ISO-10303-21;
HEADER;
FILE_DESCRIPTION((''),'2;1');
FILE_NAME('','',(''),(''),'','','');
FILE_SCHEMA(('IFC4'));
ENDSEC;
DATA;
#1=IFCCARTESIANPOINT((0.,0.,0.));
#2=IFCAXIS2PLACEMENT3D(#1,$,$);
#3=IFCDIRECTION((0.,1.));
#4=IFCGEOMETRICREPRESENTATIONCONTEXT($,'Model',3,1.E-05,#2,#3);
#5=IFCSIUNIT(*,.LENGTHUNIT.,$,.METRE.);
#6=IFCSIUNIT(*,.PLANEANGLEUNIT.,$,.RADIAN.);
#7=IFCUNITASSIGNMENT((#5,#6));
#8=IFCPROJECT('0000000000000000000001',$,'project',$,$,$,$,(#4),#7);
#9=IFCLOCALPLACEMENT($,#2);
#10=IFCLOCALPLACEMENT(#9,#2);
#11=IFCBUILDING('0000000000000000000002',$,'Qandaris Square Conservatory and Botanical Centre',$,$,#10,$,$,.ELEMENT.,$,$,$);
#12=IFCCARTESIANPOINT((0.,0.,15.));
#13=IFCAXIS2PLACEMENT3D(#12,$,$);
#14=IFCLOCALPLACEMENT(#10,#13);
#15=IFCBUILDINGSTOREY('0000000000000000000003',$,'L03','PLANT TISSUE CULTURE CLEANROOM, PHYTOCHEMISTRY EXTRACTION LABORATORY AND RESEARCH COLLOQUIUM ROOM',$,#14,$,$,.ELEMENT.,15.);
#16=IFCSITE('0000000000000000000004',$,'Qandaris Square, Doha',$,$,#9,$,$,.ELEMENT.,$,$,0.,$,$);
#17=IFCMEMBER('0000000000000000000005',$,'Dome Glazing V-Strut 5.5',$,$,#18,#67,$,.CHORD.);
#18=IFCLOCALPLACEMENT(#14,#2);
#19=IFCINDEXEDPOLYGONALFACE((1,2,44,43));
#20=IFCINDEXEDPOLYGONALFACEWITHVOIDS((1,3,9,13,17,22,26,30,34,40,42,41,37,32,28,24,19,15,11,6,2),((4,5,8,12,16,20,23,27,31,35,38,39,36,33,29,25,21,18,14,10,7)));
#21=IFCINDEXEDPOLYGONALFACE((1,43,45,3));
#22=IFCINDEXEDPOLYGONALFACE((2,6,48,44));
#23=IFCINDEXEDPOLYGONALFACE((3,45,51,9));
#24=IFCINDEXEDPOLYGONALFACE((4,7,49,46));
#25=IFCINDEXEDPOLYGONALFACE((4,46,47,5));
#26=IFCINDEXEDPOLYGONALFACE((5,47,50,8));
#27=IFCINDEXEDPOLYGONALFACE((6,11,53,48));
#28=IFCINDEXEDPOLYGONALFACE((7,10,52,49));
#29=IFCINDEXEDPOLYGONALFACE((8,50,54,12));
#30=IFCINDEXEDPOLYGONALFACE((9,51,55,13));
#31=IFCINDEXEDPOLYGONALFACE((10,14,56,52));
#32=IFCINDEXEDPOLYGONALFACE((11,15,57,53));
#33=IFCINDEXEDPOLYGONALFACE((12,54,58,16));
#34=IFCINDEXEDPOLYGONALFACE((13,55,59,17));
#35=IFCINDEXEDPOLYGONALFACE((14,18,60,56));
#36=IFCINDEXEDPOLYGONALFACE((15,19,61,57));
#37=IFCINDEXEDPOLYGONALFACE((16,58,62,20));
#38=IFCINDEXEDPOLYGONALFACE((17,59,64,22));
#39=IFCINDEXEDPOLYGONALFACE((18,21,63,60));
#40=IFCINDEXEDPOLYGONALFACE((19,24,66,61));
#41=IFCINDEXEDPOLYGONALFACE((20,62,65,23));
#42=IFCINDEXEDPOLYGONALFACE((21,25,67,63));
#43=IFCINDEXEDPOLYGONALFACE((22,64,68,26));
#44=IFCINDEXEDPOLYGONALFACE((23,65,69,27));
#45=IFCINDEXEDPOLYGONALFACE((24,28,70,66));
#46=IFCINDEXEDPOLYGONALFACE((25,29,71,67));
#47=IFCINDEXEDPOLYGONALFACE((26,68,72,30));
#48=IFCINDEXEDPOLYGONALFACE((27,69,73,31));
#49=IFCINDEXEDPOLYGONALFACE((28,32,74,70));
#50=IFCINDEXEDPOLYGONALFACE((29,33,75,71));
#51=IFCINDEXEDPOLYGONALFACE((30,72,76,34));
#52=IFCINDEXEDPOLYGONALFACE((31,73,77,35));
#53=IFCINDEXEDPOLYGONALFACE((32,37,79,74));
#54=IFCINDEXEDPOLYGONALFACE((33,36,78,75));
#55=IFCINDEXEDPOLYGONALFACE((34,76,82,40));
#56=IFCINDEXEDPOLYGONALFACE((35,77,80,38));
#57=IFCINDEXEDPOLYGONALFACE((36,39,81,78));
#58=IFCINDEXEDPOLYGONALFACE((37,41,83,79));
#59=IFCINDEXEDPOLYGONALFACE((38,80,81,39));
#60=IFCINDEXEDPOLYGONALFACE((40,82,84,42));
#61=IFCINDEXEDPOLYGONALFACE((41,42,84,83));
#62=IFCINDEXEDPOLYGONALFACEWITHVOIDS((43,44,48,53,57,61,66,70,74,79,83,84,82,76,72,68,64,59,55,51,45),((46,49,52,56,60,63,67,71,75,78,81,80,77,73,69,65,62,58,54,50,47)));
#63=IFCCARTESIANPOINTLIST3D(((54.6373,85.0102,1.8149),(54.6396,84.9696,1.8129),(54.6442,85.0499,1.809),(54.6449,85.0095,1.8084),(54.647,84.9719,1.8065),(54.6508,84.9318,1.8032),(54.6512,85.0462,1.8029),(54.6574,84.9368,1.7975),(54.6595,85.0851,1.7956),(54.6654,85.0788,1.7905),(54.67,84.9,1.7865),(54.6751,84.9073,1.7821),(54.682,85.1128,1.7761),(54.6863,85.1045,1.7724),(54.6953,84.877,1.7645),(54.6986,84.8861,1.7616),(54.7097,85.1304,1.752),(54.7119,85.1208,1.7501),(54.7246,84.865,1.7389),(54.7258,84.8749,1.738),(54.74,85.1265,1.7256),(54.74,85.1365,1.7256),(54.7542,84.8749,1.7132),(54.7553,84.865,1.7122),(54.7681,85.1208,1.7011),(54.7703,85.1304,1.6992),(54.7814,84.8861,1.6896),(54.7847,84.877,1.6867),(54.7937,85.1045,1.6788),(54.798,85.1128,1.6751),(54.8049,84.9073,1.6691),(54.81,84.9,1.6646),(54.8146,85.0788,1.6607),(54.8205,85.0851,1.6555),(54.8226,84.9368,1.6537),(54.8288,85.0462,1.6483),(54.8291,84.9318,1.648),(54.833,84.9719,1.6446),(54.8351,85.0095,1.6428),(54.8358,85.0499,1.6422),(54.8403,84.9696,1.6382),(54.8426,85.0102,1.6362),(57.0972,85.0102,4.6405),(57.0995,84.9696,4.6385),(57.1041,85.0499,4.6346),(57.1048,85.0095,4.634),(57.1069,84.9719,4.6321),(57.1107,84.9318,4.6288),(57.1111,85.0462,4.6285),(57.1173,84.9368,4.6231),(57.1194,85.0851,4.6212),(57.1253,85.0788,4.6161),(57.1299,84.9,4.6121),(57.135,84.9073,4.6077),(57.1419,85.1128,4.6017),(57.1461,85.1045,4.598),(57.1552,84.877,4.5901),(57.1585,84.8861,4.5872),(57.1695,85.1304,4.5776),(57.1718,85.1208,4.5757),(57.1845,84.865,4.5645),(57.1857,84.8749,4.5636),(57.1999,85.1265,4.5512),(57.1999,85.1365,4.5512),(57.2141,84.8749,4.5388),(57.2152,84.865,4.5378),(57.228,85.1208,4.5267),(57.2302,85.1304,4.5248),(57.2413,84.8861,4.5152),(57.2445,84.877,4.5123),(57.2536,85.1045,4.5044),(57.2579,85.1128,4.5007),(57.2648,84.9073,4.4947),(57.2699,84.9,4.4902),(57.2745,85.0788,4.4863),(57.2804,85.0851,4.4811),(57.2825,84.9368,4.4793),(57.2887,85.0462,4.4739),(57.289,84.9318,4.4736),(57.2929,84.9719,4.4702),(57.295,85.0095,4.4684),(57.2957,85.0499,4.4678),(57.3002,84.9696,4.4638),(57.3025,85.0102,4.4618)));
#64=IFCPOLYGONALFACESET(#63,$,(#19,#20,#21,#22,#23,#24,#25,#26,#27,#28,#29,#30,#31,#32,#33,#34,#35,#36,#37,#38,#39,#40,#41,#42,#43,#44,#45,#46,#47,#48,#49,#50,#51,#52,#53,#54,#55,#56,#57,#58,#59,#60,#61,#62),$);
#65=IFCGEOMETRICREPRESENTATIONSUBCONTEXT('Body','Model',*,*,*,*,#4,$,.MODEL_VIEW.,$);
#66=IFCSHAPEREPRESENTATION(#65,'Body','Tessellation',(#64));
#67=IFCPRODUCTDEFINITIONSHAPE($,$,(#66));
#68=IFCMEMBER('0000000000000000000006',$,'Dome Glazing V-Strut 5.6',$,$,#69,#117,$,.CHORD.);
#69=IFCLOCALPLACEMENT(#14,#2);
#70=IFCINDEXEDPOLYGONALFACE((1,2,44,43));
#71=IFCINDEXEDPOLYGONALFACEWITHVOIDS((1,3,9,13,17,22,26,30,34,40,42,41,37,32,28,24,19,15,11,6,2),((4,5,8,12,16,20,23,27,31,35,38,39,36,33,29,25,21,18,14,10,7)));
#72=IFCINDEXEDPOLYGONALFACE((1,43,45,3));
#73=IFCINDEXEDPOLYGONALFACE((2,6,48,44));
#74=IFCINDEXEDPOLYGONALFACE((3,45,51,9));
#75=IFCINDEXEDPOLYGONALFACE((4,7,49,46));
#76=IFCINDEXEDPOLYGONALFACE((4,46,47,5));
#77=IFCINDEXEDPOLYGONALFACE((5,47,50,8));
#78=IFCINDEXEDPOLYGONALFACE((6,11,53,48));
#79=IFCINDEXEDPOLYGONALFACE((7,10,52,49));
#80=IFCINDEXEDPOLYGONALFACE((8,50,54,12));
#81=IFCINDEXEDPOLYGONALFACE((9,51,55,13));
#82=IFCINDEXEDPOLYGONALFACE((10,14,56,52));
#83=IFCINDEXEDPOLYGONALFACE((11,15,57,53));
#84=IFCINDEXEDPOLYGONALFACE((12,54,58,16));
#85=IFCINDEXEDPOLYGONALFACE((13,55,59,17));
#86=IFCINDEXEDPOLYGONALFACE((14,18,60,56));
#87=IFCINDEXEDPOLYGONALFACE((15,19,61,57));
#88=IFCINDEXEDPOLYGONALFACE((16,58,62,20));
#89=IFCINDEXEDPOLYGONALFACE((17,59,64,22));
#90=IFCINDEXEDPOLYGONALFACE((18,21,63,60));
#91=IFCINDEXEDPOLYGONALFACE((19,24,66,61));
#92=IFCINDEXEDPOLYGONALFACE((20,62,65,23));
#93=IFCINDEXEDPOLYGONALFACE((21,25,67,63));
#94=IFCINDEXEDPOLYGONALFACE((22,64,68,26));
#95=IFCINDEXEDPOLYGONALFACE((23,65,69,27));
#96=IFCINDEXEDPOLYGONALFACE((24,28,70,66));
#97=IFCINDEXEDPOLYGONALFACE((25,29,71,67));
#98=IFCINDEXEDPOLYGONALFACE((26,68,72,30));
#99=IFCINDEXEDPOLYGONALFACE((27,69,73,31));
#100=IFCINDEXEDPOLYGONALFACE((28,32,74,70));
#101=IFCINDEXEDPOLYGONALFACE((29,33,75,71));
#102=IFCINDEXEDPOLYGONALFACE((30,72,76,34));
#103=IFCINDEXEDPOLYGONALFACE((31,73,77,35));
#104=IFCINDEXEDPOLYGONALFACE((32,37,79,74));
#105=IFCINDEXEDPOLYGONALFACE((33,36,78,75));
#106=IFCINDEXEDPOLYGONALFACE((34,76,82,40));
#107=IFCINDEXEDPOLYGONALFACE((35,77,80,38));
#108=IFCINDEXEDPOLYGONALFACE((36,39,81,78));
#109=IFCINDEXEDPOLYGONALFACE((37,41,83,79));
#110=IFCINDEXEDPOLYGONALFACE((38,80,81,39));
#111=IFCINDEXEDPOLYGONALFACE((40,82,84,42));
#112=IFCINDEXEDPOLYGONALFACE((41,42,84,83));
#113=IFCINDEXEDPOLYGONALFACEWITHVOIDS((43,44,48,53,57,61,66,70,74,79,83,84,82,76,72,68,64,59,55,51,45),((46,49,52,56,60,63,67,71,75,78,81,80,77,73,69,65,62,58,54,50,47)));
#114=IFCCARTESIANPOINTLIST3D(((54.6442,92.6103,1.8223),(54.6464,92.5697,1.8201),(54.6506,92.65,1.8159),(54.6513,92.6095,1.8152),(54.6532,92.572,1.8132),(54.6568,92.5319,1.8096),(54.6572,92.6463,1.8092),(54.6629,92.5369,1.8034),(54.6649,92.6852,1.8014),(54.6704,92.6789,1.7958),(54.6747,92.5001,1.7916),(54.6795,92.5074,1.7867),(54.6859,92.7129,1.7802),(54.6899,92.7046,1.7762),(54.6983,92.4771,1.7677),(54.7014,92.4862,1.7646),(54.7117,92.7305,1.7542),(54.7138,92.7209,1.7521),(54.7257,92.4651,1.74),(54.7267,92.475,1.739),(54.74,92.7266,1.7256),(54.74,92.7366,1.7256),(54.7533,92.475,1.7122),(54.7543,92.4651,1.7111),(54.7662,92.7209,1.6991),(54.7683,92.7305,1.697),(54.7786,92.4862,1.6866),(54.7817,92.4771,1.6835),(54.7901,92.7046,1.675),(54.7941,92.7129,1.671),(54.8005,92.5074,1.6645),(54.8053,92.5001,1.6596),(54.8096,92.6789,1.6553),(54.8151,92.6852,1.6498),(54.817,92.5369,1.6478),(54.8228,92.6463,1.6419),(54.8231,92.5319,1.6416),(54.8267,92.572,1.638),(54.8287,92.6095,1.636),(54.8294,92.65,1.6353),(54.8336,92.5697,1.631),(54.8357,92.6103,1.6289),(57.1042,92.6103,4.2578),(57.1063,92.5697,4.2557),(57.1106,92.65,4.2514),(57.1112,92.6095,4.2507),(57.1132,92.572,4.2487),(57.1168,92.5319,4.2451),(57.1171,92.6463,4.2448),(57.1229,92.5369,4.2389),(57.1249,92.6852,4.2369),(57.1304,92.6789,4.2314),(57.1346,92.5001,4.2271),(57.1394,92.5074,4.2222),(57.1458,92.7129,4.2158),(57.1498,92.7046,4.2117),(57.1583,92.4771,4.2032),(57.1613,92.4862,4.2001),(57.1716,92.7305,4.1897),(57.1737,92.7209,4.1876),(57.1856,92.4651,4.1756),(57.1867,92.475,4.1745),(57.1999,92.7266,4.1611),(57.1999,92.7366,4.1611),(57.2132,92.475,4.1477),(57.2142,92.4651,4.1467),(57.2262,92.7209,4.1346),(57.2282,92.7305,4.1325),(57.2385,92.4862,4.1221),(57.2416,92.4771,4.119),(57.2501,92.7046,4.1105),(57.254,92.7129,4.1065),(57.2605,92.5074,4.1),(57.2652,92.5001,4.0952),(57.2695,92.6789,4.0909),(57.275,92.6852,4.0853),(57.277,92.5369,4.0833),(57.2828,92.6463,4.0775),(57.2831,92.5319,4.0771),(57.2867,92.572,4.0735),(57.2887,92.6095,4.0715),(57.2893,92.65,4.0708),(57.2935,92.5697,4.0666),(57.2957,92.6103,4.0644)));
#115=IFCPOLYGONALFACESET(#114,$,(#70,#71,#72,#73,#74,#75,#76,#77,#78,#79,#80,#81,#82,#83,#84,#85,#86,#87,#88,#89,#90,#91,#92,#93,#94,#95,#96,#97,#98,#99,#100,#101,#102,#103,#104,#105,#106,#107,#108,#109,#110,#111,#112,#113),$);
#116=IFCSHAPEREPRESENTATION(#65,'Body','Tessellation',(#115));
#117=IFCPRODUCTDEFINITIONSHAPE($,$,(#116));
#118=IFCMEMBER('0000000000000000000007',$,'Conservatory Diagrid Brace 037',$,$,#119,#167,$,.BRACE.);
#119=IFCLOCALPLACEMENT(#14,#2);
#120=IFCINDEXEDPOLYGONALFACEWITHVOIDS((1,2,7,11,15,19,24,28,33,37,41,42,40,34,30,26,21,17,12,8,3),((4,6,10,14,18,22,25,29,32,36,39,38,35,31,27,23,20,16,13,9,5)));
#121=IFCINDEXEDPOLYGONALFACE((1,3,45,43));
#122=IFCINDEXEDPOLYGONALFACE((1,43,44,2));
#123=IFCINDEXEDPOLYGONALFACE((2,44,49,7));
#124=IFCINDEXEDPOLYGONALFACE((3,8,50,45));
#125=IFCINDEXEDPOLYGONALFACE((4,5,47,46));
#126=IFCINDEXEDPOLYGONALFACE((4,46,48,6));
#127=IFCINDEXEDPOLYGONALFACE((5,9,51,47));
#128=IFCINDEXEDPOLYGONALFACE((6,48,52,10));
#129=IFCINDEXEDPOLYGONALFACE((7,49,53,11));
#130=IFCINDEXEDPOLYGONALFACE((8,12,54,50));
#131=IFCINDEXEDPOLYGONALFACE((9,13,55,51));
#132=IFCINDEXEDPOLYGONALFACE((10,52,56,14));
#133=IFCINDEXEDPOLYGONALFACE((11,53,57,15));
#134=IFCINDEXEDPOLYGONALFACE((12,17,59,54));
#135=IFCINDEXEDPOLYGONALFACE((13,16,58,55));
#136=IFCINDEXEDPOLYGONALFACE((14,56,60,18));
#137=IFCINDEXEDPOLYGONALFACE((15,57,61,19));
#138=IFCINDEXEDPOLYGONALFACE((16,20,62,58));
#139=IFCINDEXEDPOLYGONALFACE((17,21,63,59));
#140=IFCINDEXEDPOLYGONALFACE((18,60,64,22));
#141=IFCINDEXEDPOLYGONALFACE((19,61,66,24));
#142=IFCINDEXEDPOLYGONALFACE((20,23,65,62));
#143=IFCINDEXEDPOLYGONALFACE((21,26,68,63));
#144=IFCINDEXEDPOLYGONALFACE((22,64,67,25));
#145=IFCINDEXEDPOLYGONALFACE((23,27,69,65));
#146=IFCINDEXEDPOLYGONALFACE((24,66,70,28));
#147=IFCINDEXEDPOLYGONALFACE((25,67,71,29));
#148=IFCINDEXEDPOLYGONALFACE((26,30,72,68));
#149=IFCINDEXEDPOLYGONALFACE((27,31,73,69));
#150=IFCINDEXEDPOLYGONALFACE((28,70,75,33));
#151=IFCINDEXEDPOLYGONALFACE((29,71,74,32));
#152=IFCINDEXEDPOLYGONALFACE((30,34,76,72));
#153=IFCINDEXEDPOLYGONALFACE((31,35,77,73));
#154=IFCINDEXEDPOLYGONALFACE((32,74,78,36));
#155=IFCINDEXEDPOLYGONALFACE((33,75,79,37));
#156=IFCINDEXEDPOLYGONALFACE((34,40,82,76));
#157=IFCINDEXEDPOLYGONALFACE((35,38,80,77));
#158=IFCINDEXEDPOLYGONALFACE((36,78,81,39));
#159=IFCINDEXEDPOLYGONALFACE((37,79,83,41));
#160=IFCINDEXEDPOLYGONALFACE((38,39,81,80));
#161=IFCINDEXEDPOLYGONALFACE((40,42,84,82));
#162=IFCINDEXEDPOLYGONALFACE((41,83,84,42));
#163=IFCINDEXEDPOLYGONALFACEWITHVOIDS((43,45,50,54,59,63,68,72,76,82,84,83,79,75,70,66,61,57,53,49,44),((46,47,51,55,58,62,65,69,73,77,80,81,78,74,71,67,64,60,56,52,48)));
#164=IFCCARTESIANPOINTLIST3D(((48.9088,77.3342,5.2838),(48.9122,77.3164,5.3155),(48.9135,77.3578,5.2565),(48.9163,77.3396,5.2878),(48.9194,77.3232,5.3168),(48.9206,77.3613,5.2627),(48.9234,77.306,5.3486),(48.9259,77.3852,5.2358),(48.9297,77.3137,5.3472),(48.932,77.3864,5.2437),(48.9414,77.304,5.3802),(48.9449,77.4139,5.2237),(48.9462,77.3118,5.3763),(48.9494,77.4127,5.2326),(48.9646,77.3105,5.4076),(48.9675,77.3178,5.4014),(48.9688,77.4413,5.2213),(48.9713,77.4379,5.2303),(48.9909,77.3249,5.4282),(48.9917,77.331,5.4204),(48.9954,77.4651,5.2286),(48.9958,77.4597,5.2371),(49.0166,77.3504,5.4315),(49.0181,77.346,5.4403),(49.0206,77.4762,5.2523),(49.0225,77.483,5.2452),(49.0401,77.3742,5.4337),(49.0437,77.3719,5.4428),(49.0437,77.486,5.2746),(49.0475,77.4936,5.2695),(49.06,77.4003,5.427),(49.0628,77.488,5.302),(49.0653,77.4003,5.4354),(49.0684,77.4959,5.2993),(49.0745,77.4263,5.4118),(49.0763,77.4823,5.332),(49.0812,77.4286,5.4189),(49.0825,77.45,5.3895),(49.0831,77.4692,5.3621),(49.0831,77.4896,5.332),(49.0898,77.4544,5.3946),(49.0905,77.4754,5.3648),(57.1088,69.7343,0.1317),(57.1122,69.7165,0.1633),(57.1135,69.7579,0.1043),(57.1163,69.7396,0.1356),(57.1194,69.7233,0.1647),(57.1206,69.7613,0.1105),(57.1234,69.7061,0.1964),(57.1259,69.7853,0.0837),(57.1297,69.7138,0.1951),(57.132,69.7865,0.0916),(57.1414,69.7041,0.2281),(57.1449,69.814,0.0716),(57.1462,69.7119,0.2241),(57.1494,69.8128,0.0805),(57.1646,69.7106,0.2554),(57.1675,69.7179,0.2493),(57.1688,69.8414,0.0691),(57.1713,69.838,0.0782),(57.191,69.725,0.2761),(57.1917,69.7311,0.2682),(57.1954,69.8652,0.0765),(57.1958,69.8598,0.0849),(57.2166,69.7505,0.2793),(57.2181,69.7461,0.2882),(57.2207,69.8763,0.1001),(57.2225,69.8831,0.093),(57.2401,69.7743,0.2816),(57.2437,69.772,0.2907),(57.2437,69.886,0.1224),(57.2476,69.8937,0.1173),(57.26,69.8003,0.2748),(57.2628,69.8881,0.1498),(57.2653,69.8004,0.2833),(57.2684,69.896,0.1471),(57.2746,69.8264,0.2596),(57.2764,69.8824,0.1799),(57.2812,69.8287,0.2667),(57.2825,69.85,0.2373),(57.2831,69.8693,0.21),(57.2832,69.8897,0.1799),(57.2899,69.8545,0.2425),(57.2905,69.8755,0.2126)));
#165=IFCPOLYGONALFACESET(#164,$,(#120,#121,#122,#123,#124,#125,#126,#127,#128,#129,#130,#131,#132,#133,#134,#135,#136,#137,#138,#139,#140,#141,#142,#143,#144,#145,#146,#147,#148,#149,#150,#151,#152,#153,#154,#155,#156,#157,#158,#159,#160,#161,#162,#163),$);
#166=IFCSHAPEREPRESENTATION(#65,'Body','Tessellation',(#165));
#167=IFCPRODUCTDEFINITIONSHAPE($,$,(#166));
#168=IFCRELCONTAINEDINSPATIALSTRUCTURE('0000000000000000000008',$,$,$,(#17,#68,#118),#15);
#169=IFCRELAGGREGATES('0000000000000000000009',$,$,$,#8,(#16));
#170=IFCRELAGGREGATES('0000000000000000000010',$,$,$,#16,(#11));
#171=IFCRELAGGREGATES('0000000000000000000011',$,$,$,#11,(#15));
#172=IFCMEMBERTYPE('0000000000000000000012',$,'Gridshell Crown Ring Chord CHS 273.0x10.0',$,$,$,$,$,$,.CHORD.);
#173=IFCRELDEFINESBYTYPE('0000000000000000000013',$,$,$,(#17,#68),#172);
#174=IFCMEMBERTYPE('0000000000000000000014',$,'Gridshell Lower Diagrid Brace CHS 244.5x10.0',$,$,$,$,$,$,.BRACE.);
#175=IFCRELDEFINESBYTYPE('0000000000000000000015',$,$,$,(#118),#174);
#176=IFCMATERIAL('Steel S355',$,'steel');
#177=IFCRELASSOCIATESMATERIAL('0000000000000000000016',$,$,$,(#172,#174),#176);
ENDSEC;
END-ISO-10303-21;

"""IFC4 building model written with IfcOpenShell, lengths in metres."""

from ifc_helpers import new_model, si_unit, direction, frame, origin, origin_2d, place, context, subcontext, project, spatial, hollow_circle, extrude, material, material_profile, profile_set, type_object, element, save


model = new_model("IFC4")

# Units and contexts
model_context = context("Model", 3, precision=1e-05, world=origin(), true_north=direction((0.0, 1.0)))
body_context = subcontext(model_context, "Body", "Model", "MODEL_VIEW")
ifc_project = project(units=[si_unit("LENGTHUNIT", "METRE"), si_unit("PLANEANGLEUNIT", "RADIAN")], contexts=[model_context])

# Site, building, storey
site_placement = place(None, origin())
site = spatial("IfcSite", under=ifc_project, at=site_placement, Name="Qandaris Square, Doha", CompositionType="ELEMENT", RefElevation=0.0)
building_placement = place(site_placement, origin())
building = spatial("IfcBuilding", under=site, at=building_placement, Name="Qandaris Square Conservatory and Botanical Centre", CompositionType="ELEMENT")
storey_placement = place(building_placement, frame((0.0, 0.0, 15.0)))
storey = spatial("IfcBuildingStorey", under=building, at=storey_placement, Name="L03", Description="PLANT TISSUE CULTURE CLEANROOM, PHYTOCHEMISTRY EXTRACTION LABORATORY AND RESEARCH COLLOQUIUM ROOM", CompositionType="ELEMENT", Elevation=15.0)

# Members
ifc_material_1 = material(Name="Steel S355", Category="steel")
ifc_material_profile_1 = material_profile(ifc_material_1, hollow_circle(Radius=0.1365, WallThickness=0.01, at=origin_2d()), Name="CHS 273.0x10.0")
ifc_profile_set_1 = profile_set([ifc_material_profile_1], Name="Steel S355")
member_type_1 = type_object("IfcMemberType", Name="Gridshell Crown Ring Chord CHS 273.0x10.0", PredefinedType="CHORD", material=ifc_profile_set_1)
for number, where, z_axis, x_axis, name in (
    (1, (54.74, 85.0, 1.7256), (0.656611, 0.0, 0.754229), (0.0, 1.0, 0.0), "Dome Glazing V-Strut 5.5"),
):
    element("IfcMember", number, at=place(storey_placement, frame(where, z_axis=z_axis, x_axis=x_axis)), inside=storey, type_object=member_type_1, Name=name, PredefinedType="CHORD", context=body_context, shape_type="SweptSolid", body=[
        extrude(hollow_circle(Radius=0.1365, WallThickness=0.01, at=origin_2d()), origin(), (0.0, 0.0, 1.0), 3.7463),
    ])
member_1_placement = place(storey_placement, frame((54.74, 92.6001, 1.7256), z_axis=(0.710624, 0.0, 0.703572), x_axis=(0.0, 1.0, 0.0)))
element("IfcMember", 2, at=member_1_placement, inside=storey, type_object=member_type_1, Name="Dome Glazing V-Strut 5.6", PredefinedType="CHORD", context=body_context, shape_type="SweptSolid", body=[
    extrude(hollow_circle(Radius=0.1365, WallThickness=0.01, at=origin_2d()), origin(), (0.0, 0.0, 1.0), 3.4617),
])
ifc_material_profile_2 = material_profile(ifc_material_1, hollow_circle(Radius=0.1223, WallThickness=0.01, at=origin_2d()), Name="CHS 244.5x10.0")
ifc_profile_set_2 = profile_set([ifc_material_profile_2], Name="Steel S355")
member_type_2 = type_object("IfcMemberType", Name="Gridshell Lower Diagrid Brace CHS 244.5x10.0", PredefinedType="BRACE", material=ifc_profile_set_2)
for number, where, z_axis, x_axis, name in (
    (3, (49.0, 77.3999, 5.332), (0.66611, -0.617362, -0.418523), (0.67976, 0.733435, 0.0), "Conservatory Diagrid Brace 037"),
):
    element("IfcMember", number, at=place(storey_placement, frame(where, z_axis=z_axis, x_axis=x_axis)), inside=storey, type_object=member_type_2, Name=name, PredefinedType="BRACE", context=body_context, shape_type="SweptSolid", body=[
        extrude(hollow_circle(Radius=0.1223, WallThickness=0.01, at=origin_2d()), origin(), (0.0, 0.0, 1.0), 12.3103),
    ])

save(model, "model.ifc")
